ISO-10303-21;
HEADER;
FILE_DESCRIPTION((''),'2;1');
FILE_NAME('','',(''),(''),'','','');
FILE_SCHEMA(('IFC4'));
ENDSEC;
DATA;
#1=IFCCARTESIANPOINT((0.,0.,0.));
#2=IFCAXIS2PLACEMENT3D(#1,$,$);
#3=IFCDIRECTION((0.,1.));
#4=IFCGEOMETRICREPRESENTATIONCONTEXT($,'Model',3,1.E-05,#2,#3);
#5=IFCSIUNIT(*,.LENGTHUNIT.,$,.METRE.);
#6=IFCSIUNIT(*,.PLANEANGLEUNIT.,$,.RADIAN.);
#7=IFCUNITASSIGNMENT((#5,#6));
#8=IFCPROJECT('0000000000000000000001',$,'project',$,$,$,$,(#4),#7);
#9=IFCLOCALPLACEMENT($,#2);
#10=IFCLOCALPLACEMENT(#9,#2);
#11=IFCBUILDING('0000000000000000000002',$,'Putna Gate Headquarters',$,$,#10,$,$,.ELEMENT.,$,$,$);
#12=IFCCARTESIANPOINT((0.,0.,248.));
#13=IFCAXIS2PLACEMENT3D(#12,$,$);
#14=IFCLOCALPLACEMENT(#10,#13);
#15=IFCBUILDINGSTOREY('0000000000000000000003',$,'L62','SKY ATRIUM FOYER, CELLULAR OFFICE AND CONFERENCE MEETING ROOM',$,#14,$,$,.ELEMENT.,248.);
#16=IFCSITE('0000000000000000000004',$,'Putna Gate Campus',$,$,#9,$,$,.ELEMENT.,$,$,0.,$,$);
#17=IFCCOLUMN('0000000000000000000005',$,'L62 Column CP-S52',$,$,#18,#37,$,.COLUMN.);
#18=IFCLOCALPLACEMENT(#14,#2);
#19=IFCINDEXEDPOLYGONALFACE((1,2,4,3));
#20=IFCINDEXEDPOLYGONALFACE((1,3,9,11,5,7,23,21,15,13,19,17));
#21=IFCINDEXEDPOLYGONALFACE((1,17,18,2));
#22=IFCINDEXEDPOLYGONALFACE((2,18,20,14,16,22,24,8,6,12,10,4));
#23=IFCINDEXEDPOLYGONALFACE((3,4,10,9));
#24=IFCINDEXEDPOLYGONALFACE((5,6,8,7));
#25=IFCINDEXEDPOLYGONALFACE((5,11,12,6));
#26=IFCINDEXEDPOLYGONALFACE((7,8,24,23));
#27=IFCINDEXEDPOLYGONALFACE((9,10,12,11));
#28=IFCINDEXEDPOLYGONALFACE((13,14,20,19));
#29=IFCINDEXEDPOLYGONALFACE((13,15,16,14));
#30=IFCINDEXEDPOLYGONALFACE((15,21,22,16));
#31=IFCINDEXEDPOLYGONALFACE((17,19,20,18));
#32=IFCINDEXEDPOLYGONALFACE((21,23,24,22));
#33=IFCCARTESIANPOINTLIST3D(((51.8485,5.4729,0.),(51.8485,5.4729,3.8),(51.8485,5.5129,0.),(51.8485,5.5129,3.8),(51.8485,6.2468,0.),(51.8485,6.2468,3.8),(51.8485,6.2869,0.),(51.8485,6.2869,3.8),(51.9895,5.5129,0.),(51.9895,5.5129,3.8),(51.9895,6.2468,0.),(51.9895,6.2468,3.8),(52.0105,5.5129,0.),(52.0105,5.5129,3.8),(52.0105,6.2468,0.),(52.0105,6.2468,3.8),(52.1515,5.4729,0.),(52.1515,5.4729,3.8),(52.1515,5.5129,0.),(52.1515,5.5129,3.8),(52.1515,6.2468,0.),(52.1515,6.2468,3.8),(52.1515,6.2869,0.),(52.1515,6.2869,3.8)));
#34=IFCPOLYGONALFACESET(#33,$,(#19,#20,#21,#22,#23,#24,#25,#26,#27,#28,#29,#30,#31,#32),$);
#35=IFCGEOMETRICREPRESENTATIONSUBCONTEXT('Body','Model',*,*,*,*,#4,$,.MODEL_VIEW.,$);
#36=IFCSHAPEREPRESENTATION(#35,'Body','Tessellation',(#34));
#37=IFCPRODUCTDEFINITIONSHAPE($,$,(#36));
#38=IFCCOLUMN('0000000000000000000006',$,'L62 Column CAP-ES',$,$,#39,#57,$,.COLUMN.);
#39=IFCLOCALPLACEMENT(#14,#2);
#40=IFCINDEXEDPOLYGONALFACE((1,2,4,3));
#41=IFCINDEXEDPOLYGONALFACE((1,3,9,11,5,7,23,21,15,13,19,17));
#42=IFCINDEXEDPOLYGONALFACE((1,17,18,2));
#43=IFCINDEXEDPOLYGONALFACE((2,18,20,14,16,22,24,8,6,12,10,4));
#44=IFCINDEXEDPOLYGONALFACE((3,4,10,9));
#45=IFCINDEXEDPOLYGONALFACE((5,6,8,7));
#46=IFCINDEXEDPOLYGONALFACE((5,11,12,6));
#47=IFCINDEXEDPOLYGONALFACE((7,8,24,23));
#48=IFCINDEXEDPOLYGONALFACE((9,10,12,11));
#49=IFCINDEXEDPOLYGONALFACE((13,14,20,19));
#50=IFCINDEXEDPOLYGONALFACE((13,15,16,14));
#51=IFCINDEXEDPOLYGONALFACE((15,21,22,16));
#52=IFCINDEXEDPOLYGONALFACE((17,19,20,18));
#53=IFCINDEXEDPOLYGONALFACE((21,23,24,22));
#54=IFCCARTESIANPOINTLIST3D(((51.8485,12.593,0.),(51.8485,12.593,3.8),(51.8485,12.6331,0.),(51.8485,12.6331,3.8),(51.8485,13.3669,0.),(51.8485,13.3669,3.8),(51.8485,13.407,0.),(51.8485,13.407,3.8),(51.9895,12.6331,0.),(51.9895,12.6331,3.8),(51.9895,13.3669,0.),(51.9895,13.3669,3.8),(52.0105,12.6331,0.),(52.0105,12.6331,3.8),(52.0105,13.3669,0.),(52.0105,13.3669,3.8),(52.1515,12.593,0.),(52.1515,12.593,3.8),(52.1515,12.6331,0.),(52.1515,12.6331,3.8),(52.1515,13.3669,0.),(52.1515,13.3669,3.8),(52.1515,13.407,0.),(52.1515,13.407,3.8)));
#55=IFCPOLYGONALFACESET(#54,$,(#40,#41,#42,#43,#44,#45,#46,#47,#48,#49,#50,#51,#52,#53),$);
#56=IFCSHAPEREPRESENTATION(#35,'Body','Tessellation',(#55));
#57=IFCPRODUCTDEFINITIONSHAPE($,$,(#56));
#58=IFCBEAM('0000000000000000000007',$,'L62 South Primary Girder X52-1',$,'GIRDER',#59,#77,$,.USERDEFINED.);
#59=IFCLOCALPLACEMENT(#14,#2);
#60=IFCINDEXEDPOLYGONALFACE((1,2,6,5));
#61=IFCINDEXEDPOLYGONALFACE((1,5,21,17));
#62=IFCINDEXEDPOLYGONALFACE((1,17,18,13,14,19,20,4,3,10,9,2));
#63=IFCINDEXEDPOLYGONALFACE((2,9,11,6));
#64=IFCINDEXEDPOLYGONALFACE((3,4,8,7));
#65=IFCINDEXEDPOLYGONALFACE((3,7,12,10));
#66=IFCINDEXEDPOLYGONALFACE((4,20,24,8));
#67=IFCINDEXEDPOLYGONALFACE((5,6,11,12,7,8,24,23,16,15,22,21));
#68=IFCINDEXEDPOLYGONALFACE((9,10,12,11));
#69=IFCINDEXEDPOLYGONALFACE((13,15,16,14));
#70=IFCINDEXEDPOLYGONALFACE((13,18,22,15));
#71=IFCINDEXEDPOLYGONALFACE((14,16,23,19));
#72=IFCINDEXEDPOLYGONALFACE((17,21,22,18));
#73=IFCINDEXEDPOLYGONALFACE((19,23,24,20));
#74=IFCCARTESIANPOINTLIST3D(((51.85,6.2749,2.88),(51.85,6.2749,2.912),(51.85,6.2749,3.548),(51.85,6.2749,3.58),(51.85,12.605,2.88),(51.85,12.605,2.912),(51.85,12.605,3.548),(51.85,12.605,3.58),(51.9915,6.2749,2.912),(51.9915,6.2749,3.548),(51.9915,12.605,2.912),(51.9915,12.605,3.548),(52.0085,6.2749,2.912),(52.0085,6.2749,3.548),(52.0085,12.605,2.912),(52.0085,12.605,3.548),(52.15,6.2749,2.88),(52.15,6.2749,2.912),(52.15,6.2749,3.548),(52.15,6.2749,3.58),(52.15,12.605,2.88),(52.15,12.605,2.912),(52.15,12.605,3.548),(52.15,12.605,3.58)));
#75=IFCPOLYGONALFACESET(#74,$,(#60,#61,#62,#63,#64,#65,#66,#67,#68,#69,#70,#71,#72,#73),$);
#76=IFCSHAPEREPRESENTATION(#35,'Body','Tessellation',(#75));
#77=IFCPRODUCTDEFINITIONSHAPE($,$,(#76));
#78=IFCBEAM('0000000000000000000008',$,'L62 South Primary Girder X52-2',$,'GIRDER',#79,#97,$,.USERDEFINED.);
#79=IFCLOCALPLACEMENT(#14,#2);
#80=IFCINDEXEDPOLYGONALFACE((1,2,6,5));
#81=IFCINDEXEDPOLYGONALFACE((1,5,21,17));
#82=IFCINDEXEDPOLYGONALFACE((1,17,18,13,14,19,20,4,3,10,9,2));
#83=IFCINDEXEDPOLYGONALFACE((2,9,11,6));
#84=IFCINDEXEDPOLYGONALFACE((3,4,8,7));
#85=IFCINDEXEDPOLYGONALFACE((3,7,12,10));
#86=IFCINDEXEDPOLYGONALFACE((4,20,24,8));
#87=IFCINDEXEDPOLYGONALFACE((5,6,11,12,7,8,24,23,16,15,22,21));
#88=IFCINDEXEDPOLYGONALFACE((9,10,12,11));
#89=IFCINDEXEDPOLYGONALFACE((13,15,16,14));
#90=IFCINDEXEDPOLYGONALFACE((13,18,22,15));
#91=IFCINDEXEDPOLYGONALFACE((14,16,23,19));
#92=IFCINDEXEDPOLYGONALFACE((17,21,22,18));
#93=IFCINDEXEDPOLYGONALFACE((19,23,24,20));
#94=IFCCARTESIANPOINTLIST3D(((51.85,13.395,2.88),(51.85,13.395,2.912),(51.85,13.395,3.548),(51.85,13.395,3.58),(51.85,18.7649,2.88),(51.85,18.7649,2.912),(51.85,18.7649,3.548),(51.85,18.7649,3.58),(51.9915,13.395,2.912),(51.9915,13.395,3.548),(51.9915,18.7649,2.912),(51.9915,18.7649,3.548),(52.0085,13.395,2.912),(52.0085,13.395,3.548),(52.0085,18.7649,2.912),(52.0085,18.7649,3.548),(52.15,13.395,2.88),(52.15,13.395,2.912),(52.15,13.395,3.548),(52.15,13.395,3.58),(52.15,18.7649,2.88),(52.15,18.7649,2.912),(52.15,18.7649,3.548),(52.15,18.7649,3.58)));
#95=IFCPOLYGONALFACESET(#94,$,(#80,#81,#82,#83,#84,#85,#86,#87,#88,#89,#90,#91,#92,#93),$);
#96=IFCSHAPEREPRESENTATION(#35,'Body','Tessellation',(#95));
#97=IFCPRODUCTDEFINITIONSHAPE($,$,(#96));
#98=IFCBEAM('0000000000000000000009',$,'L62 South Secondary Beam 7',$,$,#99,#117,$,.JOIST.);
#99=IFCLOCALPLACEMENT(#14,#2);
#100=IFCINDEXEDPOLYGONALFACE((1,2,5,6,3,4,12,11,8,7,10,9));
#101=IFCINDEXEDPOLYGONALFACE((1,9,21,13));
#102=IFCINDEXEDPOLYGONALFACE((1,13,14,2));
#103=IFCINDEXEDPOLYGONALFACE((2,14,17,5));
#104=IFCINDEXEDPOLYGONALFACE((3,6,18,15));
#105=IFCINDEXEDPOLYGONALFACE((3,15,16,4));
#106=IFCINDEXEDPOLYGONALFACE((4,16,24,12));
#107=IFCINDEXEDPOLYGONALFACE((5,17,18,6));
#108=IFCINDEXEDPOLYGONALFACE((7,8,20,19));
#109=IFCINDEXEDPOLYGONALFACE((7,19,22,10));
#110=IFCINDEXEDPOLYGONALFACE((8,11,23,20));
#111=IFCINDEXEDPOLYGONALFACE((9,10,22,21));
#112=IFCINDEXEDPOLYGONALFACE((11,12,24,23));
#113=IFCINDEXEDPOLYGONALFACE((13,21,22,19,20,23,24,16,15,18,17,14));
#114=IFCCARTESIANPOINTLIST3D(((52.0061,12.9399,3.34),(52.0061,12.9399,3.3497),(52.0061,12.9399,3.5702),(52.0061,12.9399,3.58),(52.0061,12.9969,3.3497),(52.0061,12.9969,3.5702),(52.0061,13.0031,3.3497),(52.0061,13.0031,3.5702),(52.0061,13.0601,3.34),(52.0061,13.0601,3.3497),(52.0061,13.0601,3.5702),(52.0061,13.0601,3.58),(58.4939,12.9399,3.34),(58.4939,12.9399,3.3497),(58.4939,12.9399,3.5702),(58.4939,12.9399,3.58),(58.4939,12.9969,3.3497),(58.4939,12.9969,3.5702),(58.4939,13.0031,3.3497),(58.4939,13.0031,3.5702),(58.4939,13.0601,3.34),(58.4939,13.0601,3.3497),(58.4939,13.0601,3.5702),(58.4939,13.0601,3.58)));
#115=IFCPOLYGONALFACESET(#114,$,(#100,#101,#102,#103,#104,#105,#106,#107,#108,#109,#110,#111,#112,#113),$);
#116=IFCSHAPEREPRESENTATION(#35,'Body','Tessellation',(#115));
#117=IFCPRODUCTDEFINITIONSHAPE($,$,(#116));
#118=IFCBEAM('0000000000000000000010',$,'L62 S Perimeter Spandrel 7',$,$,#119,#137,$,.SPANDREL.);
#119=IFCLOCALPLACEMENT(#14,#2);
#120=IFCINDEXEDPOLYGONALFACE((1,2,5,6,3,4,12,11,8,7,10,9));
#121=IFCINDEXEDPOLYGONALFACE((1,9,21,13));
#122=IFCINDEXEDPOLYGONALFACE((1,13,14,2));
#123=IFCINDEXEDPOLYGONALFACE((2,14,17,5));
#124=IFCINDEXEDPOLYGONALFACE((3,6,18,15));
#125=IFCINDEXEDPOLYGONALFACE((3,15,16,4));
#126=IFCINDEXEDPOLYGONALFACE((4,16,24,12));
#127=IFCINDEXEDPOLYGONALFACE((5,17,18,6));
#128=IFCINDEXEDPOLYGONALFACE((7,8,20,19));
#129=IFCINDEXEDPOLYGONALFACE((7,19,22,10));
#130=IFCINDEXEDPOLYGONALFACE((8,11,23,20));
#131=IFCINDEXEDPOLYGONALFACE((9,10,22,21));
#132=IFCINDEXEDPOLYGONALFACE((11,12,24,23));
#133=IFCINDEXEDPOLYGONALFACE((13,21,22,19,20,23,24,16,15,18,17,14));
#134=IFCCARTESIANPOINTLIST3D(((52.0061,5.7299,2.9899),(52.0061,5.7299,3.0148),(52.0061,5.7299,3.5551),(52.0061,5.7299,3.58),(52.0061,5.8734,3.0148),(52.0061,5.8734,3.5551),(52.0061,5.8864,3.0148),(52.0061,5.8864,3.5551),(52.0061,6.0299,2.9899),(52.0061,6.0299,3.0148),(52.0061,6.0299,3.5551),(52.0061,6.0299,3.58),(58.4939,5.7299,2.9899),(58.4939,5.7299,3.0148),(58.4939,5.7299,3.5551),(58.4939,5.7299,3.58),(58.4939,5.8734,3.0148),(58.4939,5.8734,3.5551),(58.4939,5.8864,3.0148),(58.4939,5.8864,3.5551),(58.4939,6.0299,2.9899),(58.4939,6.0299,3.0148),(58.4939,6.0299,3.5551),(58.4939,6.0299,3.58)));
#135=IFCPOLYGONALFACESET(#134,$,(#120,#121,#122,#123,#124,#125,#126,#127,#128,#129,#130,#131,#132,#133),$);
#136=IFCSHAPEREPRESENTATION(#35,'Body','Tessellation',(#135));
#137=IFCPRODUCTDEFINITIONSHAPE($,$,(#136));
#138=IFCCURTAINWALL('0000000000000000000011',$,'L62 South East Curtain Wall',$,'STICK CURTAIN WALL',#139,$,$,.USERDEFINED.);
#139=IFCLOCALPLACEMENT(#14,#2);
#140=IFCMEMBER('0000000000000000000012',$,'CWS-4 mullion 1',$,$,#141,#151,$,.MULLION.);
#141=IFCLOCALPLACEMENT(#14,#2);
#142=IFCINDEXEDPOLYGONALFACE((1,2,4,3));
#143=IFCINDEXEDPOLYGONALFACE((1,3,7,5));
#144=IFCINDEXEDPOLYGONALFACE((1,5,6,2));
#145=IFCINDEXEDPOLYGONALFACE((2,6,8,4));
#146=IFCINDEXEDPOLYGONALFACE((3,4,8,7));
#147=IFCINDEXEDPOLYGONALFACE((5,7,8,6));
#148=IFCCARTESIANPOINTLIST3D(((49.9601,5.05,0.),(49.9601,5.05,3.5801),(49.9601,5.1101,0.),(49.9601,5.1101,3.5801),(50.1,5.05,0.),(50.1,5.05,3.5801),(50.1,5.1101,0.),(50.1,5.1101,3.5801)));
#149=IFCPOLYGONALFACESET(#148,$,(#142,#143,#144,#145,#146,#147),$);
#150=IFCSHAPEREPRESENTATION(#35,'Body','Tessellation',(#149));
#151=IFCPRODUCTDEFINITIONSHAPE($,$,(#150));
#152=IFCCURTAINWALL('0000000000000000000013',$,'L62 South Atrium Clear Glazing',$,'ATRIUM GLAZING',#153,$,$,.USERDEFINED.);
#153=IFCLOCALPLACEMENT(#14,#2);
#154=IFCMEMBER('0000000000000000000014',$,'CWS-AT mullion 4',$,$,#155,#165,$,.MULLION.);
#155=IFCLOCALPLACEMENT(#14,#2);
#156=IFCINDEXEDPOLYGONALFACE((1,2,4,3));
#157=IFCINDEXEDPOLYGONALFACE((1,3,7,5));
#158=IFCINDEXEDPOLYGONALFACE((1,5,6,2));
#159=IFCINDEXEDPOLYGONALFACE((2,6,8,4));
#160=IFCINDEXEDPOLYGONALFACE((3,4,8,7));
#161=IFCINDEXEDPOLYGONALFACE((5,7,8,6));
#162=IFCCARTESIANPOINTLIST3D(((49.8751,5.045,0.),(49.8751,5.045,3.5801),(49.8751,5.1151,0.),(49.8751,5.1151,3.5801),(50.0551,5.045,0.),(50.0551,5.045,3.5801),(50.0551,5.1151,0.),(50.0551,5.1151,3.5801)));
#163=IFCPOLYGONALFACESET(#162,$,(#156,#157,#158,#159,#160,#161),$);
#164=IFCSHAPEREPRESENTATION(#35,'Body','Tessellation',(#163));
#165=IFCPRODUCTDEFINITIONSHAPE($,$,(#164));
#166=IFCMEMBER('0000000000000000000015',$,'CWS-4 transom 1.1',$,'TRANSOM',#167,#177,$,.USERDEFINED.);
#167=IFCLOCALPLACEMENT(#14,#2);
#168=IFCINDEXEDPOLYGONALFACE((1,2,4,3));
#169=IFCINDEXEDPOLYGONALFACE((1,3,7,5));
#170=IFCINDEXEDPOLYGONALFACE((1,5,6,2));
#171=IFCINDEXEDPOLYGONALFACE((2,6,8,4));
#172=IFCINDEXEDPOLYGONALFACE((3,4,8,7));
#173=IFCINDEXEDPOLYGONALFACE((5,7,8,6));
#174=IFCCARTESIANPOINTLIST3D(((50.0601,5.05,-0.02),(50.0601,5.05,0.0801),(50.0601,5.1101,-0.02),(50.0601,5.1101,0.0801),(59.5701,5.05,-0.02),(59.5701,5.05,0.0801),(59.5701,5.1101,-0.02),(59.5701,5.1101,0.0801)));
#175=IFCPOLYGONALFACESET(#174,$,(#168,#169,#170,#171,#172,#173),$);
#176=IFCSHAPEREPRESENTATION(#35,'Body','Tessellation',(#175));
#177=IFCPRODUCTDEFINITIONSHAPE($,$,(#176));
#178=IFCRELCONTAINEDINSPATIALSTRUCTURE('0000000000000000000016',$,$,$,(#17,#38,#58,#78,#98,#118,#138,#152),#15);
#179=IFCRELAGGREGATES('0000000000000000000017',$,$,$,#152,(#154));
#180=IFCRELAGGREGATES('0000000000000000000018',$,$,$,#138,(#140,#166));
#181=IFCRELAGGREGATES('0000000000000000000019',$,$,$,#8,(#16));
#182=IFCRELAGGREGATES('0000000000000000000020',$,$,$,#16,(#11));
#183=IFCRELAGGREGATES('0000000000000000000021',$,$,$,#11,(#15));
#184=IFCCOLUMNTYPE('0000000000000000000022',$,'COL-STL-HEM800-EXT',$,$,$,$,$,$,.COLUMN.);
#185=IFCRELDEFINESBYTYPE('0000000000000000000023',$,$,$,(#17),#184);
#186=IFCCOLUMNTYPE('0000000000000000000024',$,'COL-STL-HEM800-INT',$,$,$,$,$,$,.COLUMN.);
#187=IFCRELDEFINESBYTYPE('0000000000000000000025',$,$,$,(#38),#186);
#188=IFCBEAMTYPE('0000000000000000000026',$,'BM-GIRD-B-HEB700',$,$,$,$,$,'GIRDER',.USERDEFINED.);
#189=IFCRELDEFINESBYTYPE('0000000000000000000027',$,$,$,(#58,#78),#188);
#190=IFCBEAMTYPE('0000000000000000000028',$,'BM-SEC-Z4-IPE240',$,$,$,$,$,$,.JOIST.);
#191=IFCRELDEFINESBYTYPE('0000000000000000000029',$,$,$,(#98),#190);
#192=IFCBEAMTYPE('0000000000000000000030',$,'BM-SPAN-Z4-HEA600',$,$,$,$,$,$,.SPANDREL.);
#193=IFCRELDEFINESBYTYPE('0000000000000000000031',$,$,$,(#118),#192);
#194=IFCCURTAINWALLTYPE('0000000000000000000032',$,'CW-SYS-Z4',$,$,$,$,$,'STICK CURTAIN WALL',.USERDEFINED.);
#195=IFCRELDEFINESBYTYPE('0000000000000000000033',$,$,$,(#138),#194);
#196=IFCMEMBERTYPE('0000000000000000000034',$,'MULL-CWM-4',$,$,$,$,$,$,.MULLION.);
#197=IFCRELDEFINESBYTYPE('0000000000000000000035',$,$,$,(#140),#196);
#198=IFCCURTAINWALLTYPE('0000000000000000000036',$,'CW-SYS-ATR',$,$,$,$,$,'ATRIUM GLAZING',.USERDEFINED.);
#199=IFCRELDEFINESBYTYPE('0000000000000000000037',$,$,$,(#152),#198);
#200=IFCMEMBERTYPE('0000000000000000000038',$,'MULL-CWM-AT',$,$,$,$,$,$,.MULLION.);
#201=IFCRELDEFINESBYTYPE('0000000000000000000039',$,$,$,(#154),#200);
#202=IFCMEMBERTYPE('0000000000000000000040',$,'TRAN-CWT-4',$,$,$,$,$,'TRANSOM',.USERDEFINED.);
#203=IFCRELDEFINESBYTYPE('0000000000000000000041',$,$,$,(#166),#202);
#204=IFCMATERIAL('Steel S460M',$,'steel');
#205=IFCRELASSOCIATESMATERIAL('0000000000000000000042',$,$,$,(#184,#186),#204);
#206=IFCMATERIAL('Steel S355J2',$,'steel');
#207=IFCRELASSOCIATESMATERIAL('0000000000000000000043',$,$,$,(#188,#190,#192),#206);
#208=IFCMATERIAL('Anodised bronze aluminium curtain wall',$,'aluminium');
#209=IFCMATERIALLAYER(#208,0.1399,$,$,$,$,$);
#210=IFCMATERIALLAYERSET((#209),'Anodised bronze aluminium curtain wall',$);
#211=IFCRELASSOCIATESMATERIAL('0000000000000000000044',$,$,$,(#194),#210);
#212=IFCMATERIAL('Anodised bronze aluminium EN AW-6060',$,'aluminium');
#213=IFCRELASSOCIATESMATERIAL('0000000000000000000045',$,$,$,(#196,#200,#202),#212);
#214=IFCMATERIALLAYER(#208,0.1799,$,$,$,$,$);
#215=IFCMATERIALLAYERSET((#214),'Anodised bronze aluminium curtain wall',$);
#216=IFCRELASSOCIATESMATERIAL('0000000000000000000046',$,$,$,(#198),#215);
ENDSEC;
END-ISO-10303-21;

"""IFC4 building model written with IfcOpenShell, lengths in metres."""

from ifc_helpers import new_model, si_unit, direction, frame, origin, origin_2d, place, context, subcontext, project, spatial, rectangle, i_section, extrude, material, layer, layer_set, material_profile, profile_set, type_object, element, aggregate, save


model = new_model("IFC4")

# Units and contexts
model_context = context("Model", 3, precision=1e-05, world=origin(), true_north=direction((0.0, 1.0)))
body_context = subcontext(model_context, "Body", "Model", "MODEL_VIEW")
ifc_project = project(units=[si_unit("LENGTHUNIT", "METRE"), si_unit("PLANEANGLEUNIT", "RADIAN")], contexts=[model_context])

# Site, building, storey
site_placement = place(None, origin())
site = spatial("IfcSite", under=ifc_project, at=site_placement, Name="Putna Gate Campus", CompositionType="ELEMENT", RefElevation=0.0)
building_placement = place(site_placement, origin())
building = spatial("IfcBuilding", under=site, at=building_placement, Name="Putna Gate Headquarters", CompositionType="ELEMENT")
storey_placement = place(building_placement, frame((0.0, 0.0, 248.0)))
storey = spatial("IfcBuildingStorey", under=building, at=storey_placement, Name="L62", Description="SKY ATRIUM FOYER, CELLULAR OFFICE AND CONFERENCE MEETING ROOM", CompositionType="ELEMENT", Elevation=248.0)

# Columns
ifc_material_1 = material(Name="Steel S460M", Category="steel")
ifc_material_profile_1 = material_profile(ifc_material_1, i_section(OverallWidth=0.303, OverallDepth=0.814, WebThickness=0.021, FlangeThickness=0.04, at=origin_2d()), Name="Steel S460M")
ifc_profile_set_1 = profile_set([ifc_material_profile_1], Name="Steel S460M")
column_type_1 = type_object("IfcColumnType", Name="COL-STL-HEM800-EXT", PredefinedType="COLUMN", material=ifc_profile_set_1)
column_1_placement = place(storey_placement, frame((52.0, 5.8799, 0.0), z_axis=(0.0, 0.0, 1.0), x_axis=(1.0, 0.0, 0.0)))
element("IfcColumn", 1, at=column_1_placement, inside=storey, type_object=column_type_1, Name="L62 Column CP-S52", PredefinedType="COLUMN", context=body_context, shape_type="SweptSolid", body=[
    extrude(i_section(OverallWidth=0.303, OverallDepth=0.814, WebThickness=0.021, FlangeThickness=0.04, at=origin_2d()), origin(), (0.0, 0.0, 1.0), 3.8),
])
ifc_material_profile_2 = material_profile(ifc_material_1, i_section(OverallWidth=0.303, OverallDepth=0.814, WebThickness=0.021, FlangeThickness=0.04, at=origin_2d()), Name="Steel S460M")
ifc_profile_set_2 = profile_set([ifc_material_profile_2], Name="Steel S460M")
column_type_2 = type_object("IfcColumnType", Name="COL-STL-HEM800-INT", PredefinedType="COLUMN", material=ifc_profile_set_2)
column_2_placement = place(storey_placement, frame((52.0, 13.0, 0.0), z_axis=(0.0, 0.0, 1.0), x_axis=(1.0, 0.0, 0.0)))
element("IfcColumn", 2, at=column_2_placement, inside=storey, type_object=column_type_2, Name="L62 Column CAP-ES", PredefinedType="COLUMN", context=body_context, shape_type="SweptSolid", body=[
    extrude(i_section(OverallWidth=0.303, OverallDepth=0.814, WebThickness=0.021, FlangeThickness=0.04, at=origin_2d()), origin(), (0.0, 0.0, 1.0), 3.8),
])

# Beams
ifc_material_2 = material(Name="Steel S355J2", Category="steel")
ifc_material_profile_3 = material_profile(ifc_material_2, i_section(OverallWidth=0.3, OverallDepth=0.7, WebThickness=0.0171, FlangeThickness=0.032, at=origin_2d()), Name="Steel S355J2")
ifc_profile_set_3 = profile_set([ifc_material_profile_3], Name="Steel S355J2")
beam_type_1 = type_object("IfcBeamType", Name="BM-GIRD-B-HEB700", ElementType="GIRDER", PredefinedType="USERDEFINED", material=ifc_profile_set_3)
beam_1_placement = place(storey_placement, frame((52.0, 6.2749, 3.23), z_axis=(0.0, 1.0, 0.0), x_axis=(-1.0, 0.0, 0.0)))
element("IfcBeam", 3, at=beam_1_placement, inside=storey, type_object=beam_type_1, Name="L62 South Primary Girder X52-1", ObjectType="GIRDER", PredefinedType="USERDEFINED", context=body_context, shape_type="SweptSolid", body=[
    extrude(i_section(OverallWidth=0.3, OverallDepth=0.7, WebThickness=0.0171, FlangeThickness=0.032, at=origin_2d()), origin(), (0.0, 0.0, 1.0), 6.3301),
])
beam_2_placement = place(storey_placement, frame((52.0, 13.395, 3.23), z_axis=(0.0, 1.0, 0.0), x_axis=(-1.0, 0.0, 0.0)))
element("IfcBeam", 4, at=beam_2_placement, inside=storey, type_object=beam_type_1, Name="L62 South Primary Girder X52-2", ObjectType="GIRDER", PredefinedType="USERDEFINED", context=body_context, shape_type="SweptSolid", body=[
    extrude(i_section(OverallWidth=0.3, OverallDepth=0.7, WebThickness=0.0171, FlangeThickness=0.032, at=origin_2d()), origin(), (0.0, 0.0, 1.0), 5.3699),
])
ifc_material_profile_4 = material_profile(ifc_material_2, i_section(OverallWidth=0.1201, OverallDepth=0.24, WebThickness=0.0061, FlangeThickness=0.0098, at=origin_2d()), Name="Steel S355J2")
ifc_profile_set_4 = profile_set([ifc_material_profile_4], Name="Steel S355J2")
beam_type_2 = type_object("IfcBeamType", Name="BM-SEC-Z4-IPE240", PredefinedType="JOIST", material=ifc_profile_set_4)
beam_3_placement = place(storey_placement, frame((52.0061, 13.0, 3.46), z_axis=(1.0, 0.0, 0.0), x_axis=(0.0, 1.0, 0.0)))
element("IfcBeam", 5, at=beam_3_placement, inside=storey, type_object=beam_type_2, Name="L62 South Secondary Beam 7", PredefinedType="JOIST", context=body_context, shape_type="SweptSolid", body=[
    extrude(i_section(OverallWidth=0.1201, OverallDepth=0.24, WebThickness=0.0061, FlangeThickness=0.0098, at=origin_2d()), origin(), (0.0, 0.0, 1.0), 6.4878),
])
ifc_material_profile_5 = material_profile(ifc_material_2, i_section(OverallWidth=0.3, OverallDepth=0.5901, WebThickness=0.0129, FlangeThickness=0.0249, at=origin_2d()), Name="Steel S355J2")
ifc_profile_set_5 = profile_set([ifc_material_profile_5], Name="Steel S355J2")
beam_type_3 = type_object("IfcBeamType", Name="BM-SPAN-Z4-HEA600", PredefinedType="SPANDREL", material=ifc_profile_set_5)
beam_4_placement = place(storey_placement, frame((52.0061, 5.8799, 3.2849), z_axis=(1.0, 0.0, 0.0), x_axis=(0.0, 1.0, 0.0)))
element("IfcBeam", 6, at=beam_4_placement, inside=storey, type_object=beam_type_3, Name="L62 S Perimeter Spandrel 7", PredefinedType="SPANDREL", context=body_context, shape_type="SweptSolid", body=[
    extrude(i_section(OverallWidth=0.3, OverallDepth=0.5901, WebThickness=0.0129, FlangeThickness=0.0249, at=origin_2d()), origin(), (0.0, 0.0, 1.0), 6.4878),
])

# Curtain walls, members
ifc_material_3 = material(Name="Anodised bronze aluminium curtain wall", Category="aluminium")
ifc_layer_1 = layer(ifc_material_3, 0.1399)
ifc_layer_set_1 = layer_set([ifc_layer_1], Name="Anodised bronze aluminium curtain wall")
curtain_wall_type_1 = type_object("IfcCurtainWallType", Name="CW-SYS-Z4", ElementType="STICK CURTAIN WALL", PredefinedType="USERDEFINED", material=ifc_layer_set_1)
curtain_wall_1_placement = place(storey_placement, origin())
curtain_wall_1 = element("IfcCurtainWall", 7, at=curtain_wall_1_placement, inside=storey, type_object=curtain_wall_type_1, Name="L62 South East Curtain Wall", ObjectType="STICK CURTAIN WALL", PredefinedType="USERDEFINED")
ifc_material_4 = material(Name="Anodised bronze aluminium EN AW-6060", Category="aluminium")
ifc_material_profile_6 = material_profile(ifc_material_4, rectangle(XDim=0.0601, YDim=0.1399, at=origin_2d()), Name="Anodised bronze aluminium EN AW-6060")
ifc_profile_set_6 = profile_set([ifc_material_profile_6], Name="Anodised bronze aluminium EN AW-6060")
member_type_1 = type_object("IfcMemberType", Name="MULL-CWM-4", PredefinedType="MULLION", material=ifc_profile_set_6)
member_1_placement = place(storey_placement, frame((50.03, 5.0801, 0.0), z_axis=(0.0, 0.0, 1.0), x_axis=(0.0, 1.0, 0.0)))
member_1 = element("IfcMember", 8, at=member_1_placement, type_object=member_type_1, Name="CWS-4 mullion 1", PredefinedType="MULLION", context=body_context, shape_type="SweptSolid", body=[
    extrude(rectangle(XDim=0.0601, YDim=0.1399, at=origin_2d()), origin(), (0.0, 0.0, 1.0), 3.5801),
])
ifc_layer_2 = layer(ifc_material_3, 0.1799)
ifc_layer_set_2 = layer_set([ifc_layer_2], Name="Anodised bronze aluminium curtain wall")
curtain_wall_type_2 = type_object("IfcCurtainWallType", Name="CW-SYS-ATR", ElementType="ATRIUM GLAZING", PredefinedType="USERDEFINED", material=ifc_layer_set_2)
curtain_wall_2_placement = place(storey_placement, origin())
curtain_wall_2 = element("IfcCurtainWall", 9, at=curtain_wall_2_placement, inside=storey, type_object=curtain_wall_type_2, Name="L62 South Atrium Clear Glazing", ObjectType="ATRIUM GLAZING", PredefinedType="USERDEFINED")
ifc_material_profile_7 = material_profile(ifc_material_4, rectangle(XDim=0.0701, YDim=0.1799, at=origin_2d()), Name="Anodised bronze aluminium EN AW-6060")
ifc_profile_set_7 = profile_set([ifc_material_profile_7], Name="Anodised bronze aluminium EN AW-6060")
member_type_2 = type_object("IfcMemberType", Name="MULL-CWM-AT", PredefinedType="MULLION", material=ifc_profile_set_7)
member_2_placement = place(storey_placement, frame((49.9651, 5.0801, 0.0), z_axis=(0.0, 0.0, 1.0), x_axis=(0.0, 1.0, 0.0)))
member_2 = element("IfcMember", 10, at=member_2_placement, type_object=member_type_2, Name="CWS-AT mullion 4", PredefinedType="MULLION", context=body_context, shape_type="SweptSolid", body=[
    extrude(rectangle(XDim=0.0701, YDim=0.1799, at=origin_2d()), origin(), (0.0, 0.0, 1.0), 3.5801),
])
aggregate(curtain_wall_2, [member_2])

# Member
ifc_material_profile_8 = material_profile(ifc_material_4, rectangle(XDim=0.0601, YDim=0.1001, at=origin_2d()), Name="Anodised bronze aluminium EN AW-6060")
ifc_profile_set_8 = profile_set([ifc_material_profile_8], Name="Anodised bronze aluminium EN AW-6060")
member_type_3 = type_object("IfcMemberType", Name="TRAN-CWT-4", ElementType="TRANSOM", PredefinedType="USERDEFINED", material=ifc_profile_set_8)
member_3_placement = place(storey_placement, frame((50.0601, 5.0801, 0.03), z_axis=(1.0, 0.0, 0.0), x_axis=(0.0, 1.0, 0.0)))
member_3 = element("IfcMember", 11, at=member_3_placement, type_object=member_type_3, Name="CWS-4 transom 1.1", ObjectType="TRANSOM", PredefinedType="USERDEFINED", context=body_context, shape_type="SweptSolid", body=[
    extrude(rectangle(XDim=0.0601, YDim=0.1001, at=origin_2d()), origin(), (0.0, 0.0, 1.0), 9.51),
])

aggregate(curtain_wall_1, [member_1, member_3])

save(model, "model.ifc")
